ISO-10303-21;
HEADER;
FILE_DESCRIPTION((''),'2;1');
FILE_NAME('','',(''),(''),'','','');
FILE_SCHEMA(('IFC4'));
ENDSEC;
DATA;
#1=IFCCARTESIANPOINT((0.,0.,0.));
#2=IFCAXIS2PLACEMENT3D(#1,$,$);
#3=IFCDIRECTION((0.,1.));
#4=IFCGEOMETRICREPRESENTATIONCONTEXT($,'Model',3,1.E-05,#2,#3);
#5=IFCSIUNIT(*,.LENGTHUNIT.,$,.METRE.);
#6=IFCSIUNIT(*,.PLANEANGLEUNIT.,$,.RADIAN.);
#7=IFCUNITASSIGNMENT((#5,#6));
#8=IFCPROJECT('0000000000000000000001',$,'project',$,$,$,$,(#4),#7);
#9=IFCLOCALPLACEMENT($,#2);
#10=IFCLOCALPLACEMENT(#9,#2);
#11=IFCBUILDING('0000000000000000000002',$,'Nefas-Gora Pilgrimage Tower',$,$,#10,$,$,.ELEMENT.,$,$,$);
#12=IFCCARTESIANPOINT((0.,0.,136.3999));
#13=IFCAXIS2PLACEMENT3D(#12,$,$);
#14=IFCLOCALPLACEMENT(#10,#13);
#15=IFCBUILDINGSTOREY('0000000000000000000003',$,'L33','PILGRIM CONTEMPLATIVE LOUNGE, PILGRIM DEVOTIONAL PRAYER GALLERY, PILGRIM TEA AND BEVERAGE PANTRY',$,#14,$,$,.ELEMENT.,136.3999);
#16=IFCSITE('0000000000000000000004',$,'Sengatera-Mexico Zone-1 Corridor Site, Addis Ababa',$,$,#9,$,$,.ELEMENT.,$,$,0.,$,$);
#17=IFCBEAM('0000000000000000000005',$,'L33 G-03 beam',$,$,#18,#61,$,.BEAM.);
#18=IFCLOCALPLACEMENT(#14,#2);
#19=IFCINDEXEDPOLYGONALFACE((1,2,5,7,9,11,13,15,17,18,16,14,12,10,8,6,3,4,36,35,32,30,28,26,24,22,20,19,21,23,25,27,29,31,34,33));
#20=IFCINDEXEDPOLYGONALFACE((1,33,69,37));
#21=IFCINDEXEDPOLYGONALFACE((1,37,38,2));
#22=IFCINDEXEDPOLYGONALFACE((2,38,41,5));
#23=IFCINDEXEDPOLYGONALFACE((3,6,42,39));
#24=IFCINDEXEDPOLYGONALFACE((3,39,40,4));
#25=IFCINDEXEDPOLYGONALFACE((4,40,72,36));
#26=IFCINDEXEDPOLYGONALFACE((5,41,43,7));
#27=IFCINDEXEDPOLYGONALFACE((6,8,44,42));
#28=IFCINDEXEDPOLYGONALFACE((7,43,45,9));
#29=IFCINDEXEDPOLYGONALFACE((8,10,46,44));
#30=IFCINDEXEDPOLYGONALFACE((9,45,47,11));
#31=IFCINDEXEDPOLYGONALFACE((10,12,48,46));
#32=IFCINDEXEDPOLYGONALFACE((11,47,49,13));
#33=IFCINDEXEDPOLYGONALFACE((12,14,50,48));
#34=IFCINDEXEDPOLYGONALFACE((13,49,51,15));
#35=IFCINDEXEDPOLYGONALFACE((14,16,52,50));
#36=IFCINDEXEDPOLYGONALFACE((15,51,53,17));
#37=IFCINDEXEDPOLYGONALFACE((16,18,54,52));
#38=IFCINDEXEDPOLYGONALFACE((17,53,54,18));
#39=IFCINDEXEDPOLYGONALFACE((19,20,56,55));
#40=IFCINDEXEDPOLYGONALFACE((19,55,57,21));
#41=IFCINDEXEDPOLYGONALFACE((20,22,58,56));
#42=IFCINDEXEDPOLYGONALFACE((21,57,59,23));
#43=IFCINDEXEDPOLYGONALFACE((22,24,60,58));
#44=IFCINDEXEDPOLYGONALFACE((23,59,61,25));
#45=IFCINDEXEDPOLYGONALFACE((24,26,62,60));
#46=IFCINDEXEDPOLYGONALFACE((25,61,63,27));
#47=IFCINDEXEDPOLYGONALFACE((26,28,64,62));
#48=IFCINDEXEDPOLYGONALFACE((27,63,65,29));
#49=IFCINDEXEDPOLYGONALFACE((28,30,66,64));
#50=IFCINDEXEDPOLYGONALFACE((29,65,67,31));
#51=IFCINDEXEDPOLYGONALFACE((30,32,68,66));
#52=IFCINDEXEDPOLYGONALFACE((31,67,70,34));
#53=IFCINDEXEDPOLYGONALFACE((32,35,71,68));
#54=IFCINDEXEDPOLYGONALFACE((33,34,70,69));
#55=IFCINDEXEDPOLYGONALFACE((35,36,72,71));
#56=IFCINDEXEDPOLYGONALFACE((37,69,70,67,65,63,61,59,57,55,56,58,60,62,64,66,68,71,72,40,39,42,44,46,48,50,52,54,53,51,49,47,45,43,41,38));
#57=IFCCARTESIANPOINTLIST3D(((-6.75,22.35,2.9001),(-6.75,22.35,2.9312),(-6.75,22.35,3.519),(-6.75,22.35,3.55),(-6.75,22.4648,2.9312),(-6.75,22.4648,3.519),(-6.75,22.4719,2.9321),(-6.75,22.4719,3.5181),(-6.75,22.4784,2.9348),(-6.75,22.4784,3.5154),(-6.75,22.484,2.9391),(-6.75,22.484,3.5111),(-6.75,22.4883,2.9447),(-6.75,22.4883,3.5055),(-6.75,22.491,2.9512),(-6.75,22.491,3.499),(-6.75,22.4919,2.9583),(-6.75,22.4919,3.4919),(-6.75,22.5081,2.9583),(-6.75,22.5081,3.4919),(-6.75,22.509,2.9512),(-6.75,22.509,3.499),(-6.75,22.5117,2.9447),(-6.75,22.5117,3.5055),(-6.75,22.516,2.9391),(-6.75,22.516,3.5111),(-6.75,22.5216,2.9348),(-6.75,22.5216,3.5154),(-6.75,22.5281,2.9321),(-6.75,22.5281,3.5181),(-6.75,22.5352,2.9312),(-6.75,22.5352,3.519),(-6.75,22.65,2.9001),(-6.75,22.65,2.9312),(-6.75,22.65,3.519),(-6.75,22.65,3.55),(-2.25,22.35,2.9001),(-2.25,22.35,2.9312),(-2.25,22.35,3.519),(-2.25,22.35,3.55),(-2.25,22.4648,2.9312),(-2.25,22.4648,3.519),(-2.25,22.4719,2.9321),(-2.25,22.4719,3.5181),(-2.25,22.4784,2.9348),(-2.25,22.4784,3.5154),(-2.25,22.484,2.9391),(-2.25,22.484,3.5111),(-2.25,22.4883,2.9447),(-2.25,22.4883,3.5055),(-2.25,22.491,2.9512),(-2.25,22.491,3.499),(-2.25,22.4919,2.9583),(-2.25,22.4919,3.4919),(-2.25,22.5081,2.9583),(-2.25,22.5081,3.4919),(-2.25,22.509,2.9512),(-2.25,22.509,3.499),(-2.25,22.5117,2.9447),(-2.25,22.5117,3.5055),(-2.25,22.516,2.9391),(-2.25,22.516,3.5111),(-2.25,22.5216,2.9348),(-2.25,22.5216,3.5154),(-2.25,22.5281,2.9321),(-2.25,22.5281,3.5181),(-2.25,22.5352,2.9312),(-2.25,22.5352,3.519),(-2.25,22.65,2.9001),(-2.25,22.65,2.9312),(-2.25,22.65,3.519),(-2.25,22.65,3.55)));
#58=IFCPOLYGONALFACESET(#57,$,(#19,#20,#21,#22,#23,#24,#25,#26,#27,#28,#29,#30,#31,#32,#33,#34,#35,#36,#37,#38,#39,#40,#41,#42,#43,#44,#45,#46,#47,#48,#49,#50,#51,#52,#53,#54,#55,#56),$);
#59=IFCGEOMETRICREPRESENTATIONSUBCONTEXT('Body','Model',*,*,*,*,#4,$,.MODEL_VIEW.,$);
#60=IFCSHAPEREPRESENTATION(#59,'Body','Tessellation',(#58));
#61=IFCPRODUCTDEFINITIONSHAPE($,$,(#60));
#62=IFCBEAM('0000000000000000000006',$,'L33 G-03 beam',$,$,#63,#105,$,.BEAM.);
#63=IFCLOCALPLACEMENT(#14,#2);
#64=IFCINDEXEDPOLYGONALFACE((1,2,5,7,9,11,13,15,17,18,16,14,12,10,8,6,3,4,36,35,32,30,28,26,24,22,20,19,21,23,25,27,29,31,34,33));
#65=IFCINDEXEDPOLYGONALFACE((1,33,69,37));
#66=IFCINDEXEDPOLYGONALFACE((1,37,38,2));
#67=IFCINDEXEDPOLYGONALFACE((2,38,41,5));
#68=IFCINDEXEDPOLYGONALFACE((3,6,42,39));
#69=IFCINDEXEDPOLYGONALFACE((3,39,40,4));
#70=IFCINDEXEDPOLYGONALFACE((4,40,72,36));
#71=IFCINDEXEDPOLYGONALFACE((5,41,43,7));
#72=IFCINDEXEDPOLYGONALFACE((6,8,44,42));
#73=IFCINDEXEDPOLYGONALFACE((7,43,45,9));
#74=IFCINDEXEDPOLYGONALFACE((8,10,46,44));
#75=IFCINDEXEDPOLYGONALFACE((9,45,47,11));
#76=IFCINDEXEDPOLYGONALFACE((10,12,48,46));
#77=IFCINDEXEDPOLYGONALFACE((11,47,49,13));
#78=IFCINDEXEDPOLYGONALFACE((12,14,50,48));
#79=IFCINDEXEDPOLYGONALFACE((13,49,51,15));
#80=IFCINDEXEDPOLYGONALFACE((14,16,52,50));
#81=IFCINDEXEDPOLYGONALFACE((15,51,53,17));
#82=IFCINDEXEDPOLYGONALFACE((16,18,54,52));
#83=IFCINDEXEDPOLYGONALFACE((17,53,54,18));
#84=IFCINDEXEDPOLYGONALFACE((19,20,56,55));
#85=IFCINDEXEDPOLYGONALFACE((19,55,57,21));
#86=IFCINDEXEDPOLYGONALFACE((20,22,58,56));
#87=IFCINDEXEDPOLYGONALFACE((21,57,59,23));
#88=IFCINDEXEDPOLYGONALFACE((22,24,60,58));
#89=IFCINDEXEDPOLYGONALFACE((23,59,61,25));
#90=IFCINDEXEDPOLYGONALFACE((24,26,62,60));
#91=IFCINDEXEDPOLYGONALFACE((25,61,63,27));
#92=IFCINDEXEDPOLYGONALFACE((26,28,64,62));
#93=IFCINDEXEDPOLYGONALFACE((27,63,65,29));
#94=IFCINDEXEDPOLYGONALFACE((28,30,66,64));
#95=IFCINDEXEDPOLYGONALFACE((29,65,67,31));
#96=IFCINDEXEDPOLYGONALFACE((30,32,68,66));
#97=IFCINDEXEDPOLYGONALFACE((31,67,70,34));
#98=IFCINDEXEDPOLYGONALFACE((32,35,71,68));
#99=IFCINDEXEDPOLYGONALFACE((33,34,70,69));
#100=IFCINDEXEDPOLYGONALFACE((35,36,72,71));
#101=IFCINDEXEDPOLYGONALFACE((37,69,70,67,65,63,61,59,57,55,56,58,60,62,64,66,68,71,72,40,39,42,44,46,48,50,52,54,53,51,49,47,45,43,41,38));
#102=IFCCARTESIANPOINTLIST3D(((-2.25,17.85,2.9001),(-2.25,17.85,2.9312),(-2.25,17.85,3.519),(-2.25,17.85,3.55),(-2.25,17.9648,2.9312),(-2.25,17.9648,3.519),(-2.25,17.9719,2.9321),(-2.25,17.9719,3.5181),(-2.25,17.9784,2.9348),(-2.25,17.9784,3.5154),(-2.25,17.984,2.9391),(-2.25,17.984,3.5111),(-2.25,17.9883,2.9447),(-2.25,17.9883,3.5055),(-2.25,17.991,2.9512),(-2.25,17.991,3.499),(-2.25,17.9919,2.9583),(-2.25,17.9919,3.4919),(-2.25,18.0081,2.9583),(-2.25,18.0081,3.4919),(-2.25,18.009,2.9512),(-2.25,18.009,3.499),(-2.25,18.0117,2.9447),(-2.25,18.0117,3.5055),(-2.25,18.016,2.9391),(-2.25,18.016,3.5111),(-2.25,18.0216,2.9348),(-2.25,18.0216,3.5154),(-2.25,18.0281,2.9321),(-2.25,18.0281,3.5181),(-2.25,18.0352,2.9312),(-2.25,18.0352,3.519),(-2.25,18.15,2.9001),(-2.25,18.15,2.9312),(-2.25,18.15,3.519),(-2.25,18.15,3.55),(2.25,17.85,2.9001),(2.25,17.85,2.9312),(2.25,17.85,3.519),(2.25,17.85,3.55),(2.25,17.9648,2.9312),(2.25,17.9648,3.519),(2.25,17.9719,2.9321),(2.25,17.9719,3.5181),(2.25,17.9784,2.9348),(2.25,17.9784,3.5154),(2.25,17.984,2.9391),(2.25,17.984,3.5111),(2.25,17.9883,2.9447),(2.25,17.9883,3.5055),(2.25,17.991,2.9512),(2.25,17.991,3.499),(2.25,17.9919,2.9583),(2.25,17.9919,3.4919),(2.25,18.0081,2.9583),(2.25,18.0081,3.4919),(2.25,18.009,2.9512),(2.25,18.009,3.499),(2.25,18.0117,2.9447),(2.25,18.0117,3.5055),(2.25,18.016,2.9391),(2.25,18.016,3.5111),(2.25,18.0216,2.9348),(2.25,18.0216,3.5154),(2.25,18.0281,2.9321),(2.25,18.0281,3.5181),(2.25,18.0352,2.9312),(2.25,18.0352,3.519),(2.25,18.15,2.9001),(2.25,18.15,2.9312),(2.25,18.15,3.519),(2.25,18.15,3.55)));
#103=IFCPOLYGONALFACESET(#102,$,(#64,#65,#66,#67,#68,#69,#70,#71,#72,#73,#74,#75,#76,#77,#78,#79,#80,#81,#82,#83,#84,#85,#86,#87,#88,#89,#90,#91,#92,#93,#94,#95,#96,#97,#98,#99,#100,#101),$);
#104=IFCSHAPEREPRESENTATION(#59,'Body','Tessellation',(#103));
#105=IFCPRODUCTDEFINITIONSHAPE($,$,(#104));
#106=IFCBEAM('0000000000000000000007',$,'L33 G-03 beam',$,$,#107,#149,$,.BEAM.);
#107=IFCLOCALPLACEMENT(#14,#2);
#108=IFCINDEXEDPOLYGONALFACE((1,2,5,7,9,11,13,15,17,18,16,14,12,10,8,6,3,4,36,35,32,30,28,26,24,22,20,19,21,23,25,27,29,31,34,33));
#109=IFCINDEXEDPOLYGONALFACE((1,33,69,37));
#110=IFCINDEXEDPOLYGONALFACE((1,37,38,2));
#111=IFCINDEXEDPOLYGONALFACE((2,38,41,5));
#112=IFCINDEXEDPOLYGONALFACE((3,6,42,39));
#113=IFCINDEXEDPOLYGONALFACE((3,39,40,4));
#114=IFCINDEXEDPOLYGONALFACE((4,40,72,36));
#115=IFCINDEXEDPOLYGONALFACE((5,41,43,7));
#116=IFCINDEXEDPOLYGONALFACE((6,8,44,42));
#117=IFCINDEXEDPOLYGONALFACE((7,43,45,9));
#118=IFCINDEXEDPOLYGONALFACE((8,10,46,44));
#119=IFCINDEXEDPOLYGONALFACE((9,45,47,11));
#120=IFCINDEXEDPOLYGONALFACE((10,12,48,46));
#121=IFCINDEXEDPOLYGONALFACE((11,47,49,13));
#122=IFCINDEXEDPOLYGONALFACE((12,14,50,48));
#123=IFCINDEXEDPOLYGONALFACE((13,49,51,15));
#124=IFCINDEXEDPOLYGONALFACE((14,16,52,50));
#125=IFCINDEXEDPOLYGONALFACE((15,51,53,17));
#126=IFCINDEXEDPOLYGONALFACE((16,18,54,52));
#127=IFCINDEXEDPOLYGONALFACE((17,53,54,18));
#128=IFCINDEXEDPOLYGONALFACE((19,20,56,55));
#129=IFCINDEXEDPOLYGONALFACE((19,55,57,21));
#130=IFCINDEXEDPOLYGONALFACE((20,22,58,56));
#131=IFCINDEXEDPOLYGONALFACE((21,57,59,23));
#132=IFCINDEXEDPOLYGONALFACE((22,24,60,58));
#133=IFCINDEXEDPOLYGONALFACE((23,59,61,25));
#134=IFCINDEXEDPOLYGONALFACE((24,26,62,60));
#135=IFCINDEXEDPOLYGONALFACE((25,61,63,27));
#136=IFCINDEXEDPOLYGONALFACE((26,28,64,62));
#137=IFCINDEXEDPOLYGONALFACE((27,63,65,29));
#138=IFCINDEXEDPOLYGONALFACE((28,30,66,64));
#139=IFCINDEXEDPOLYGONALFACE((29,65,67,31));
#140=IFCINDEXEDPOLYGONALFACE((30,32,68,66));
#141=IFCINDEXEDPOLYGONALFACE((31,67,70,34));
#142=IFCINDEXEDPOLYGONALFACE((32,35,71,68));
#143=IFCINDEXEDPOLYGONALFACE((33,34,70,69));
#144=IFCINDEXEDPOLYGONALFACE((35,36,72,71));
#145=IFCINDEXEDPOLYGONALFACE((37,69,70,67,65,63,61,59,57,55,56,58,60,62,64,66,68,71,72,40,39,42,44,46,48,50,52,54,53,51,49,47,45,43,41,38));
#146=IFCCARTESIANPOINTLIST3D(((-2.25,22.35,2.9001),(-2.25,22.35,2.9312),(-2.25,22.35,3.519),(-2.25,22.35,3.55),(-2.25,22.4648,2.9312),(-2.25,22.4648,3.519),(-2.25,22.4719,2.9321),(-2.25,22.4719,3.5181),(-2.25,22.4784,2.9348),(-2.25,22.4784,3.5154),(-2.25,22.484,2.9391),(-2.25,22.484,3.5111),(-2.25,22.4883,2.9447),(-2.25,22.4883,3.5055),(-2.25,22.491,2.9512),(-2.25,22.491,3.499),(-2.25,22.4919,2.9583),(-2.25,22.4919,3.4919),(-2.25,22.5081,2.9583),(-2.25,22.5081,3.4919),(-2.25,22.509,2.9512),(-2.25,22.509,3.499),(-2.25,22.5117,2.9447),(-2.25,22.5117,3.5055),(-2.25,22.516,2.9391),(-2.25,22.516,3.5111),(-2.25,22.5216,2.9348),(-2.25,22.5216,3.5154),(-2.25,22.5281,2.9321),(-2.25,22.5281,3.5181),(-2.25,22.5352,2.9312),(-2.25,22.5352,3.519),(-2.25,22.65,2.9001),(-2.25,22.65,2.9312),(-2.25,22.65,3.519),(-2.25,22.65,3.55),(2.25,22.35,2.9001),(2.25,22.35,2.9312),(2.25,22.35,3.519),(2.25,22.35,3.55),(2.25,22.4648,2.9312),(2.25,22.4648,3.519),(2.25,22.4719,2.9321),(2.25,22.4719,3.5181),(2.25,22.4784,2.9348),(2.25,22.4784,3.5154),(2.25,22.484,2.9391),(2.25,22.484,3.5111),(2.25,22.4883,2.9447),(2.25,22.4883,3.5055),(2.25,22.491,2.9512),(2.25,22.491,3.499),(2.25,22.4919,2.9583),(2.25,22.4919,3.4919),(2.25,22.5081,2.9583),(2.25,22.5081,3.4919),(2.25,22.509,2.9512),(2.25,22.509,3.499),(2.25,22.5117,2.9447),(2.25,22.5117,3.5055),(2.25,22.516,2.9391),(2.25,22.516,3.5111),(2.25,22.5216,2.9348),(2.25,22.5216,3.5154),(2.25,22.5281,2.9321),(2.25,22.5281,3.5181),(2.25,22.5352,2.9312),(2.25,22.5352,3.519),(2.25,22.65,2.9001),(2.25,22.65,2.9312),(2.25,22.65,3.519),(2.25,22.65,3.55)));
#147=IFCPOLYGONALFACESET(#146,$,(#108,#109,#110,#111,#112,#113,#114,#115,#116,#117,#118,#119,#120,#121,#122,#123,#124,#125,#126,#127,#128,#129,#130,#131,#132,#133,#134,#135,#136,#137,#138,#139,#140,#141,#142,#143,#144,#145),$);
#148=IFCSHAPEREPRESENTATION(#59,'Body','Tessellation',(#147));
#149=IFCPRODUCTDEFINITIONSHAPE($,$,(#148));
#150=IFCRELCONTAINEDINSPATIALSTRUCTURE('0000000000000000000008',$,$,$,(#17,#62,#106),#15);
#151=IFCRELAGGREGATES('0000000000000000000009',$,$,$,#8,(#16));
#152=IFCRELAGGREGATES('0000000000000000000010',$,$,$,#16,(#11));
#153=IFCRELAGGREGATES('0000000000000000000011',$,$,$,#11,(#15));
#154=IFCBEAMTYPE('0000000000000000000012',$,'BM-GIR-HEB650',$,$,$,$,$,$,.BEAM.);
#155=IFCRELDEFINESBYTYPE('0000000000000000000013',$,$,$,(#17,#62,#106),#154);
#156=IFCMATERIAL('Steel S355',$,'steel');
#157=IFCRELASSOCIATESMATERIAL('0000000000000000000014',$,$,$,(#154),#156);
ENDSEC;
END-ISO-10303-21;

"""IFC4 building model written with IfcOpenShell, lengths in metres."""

from ifc_helpers import new_model, si_unit, direction, frame, origin, origin_2d, place, context, subcontext, project, spatial, i_section, extrude, source, transform, mapped, material, material_profile, profile_set, type_object, element, save


model = new_model("IFC4")

# Units and contexts
model_context = context("Model", 3, precision=1e-05, world=origin(), true_north=direction((0.0, 1.0)))
body_context = subcontext(model_context, "Body", "Model", "MODEL_VIEW")
ifc_project = project(units=[si_unit("LENGTHUNIT", "METRE"), si_unit("PLANEANGLEUNIT", "RADIAN")], contexts=[model_context])

# Site, building, storey
site_placement = place(None, origin())
site = spatial("IfcSite", under=ifc_project, at=site_placement, Name="Sengatera-Mexico Zone-1 Corridor Site, Addis Ababa", CompositionType="ELEMENT", RefElevation=0.0)
building_placement = place(site_placement, origin())
building = spatial("IfcBuilding", under=site, at=building_placement, Name="Nefas-Gora Pilgrimage Tower", CompositionType="ELEMENT")
storey_placement = place(building_placement, frame((0.0, 0.0, 136.3999)))
storey = spatial("IfcBuildingStorey", under=building, at=storey_placement, Name="L33", Description="PILGRIM CONTEMPLATIVE LOUNGE, PILGRIM DEVOTIONAL PRAYER GALLERY, PILGRIM TEA AND BEVERAGE PANTRY", CompositionType="ELEMENT", Elevation=136.3999)

# Beams
ifc_material_1 = material(Name="Steel S355", Category="steel")
ifc_material_profile_1 = material_profile(ifc_material_1, i_section(OverallWidth=0.3, OverallDepth=0.6499, WebThickness=0.0161, FlangeThickness=0.031, FilletRadius=0.0271, at=origin_2d()), Name="HEB 650")
ifc_profile_set_1 = profile_set([ifc_material_profile_1], Name="Steel S355")
beam_type = type_object("IfcBeamType", Name="BM-GIR-HEB650", PredefinedType="BEAM", material=ifc_profile_set_1)
shared_shape_1 = source(origin(), body_context, "Body", "SweptSolid", [
    extrude(i_section(OverallWidth=0.3, OverallDepth=0.6499, WebThickness=0.0161, FlangeThickness=0.031, FilletRadius=0.0271, at=origin_2d()), origin(), (0.0, 0.0, 1.0), 4.5),
])
for number, where, z_axis, x_axis, name in (
    (1, (-6.75, 22.5, 3.2251), (1.0, 0.0, 0.0), (0.0, 1.0, 0.0), "L33 G-03 beam"),
    (2, (-2.25, 18.0, 3.2251), (1.0, 0.0, 0.0), (0.0, 1.0, 0.0), "L33 G-03 beam"),
    (3, (-2.25, 22.5, 3.2251), (1.0, 0.0, 0.0), (0.0, 1.0, 0.0), "L33 G-03 beam"),
):
    element("IfcBeam", number, at=place(storey_placement, frame(where, z_axis=z_axis, x_axis=x_axis)), inside=storey, type_object=beam_type, Name=name, PredefinedType="BEAM", context=body_context, shape_type="MappedRepresentation", body=[
        mapped(shared_shape_1, transform((0.0, 0.0, 0.0), x_axis=(1.0, 0.0, 0.0), y_axis=(0.0, 1.0, 0.0), z_axis=(0.0, 0.0, 1.0), scale=1.0)),
    ])

save(model, "model.ifc")
